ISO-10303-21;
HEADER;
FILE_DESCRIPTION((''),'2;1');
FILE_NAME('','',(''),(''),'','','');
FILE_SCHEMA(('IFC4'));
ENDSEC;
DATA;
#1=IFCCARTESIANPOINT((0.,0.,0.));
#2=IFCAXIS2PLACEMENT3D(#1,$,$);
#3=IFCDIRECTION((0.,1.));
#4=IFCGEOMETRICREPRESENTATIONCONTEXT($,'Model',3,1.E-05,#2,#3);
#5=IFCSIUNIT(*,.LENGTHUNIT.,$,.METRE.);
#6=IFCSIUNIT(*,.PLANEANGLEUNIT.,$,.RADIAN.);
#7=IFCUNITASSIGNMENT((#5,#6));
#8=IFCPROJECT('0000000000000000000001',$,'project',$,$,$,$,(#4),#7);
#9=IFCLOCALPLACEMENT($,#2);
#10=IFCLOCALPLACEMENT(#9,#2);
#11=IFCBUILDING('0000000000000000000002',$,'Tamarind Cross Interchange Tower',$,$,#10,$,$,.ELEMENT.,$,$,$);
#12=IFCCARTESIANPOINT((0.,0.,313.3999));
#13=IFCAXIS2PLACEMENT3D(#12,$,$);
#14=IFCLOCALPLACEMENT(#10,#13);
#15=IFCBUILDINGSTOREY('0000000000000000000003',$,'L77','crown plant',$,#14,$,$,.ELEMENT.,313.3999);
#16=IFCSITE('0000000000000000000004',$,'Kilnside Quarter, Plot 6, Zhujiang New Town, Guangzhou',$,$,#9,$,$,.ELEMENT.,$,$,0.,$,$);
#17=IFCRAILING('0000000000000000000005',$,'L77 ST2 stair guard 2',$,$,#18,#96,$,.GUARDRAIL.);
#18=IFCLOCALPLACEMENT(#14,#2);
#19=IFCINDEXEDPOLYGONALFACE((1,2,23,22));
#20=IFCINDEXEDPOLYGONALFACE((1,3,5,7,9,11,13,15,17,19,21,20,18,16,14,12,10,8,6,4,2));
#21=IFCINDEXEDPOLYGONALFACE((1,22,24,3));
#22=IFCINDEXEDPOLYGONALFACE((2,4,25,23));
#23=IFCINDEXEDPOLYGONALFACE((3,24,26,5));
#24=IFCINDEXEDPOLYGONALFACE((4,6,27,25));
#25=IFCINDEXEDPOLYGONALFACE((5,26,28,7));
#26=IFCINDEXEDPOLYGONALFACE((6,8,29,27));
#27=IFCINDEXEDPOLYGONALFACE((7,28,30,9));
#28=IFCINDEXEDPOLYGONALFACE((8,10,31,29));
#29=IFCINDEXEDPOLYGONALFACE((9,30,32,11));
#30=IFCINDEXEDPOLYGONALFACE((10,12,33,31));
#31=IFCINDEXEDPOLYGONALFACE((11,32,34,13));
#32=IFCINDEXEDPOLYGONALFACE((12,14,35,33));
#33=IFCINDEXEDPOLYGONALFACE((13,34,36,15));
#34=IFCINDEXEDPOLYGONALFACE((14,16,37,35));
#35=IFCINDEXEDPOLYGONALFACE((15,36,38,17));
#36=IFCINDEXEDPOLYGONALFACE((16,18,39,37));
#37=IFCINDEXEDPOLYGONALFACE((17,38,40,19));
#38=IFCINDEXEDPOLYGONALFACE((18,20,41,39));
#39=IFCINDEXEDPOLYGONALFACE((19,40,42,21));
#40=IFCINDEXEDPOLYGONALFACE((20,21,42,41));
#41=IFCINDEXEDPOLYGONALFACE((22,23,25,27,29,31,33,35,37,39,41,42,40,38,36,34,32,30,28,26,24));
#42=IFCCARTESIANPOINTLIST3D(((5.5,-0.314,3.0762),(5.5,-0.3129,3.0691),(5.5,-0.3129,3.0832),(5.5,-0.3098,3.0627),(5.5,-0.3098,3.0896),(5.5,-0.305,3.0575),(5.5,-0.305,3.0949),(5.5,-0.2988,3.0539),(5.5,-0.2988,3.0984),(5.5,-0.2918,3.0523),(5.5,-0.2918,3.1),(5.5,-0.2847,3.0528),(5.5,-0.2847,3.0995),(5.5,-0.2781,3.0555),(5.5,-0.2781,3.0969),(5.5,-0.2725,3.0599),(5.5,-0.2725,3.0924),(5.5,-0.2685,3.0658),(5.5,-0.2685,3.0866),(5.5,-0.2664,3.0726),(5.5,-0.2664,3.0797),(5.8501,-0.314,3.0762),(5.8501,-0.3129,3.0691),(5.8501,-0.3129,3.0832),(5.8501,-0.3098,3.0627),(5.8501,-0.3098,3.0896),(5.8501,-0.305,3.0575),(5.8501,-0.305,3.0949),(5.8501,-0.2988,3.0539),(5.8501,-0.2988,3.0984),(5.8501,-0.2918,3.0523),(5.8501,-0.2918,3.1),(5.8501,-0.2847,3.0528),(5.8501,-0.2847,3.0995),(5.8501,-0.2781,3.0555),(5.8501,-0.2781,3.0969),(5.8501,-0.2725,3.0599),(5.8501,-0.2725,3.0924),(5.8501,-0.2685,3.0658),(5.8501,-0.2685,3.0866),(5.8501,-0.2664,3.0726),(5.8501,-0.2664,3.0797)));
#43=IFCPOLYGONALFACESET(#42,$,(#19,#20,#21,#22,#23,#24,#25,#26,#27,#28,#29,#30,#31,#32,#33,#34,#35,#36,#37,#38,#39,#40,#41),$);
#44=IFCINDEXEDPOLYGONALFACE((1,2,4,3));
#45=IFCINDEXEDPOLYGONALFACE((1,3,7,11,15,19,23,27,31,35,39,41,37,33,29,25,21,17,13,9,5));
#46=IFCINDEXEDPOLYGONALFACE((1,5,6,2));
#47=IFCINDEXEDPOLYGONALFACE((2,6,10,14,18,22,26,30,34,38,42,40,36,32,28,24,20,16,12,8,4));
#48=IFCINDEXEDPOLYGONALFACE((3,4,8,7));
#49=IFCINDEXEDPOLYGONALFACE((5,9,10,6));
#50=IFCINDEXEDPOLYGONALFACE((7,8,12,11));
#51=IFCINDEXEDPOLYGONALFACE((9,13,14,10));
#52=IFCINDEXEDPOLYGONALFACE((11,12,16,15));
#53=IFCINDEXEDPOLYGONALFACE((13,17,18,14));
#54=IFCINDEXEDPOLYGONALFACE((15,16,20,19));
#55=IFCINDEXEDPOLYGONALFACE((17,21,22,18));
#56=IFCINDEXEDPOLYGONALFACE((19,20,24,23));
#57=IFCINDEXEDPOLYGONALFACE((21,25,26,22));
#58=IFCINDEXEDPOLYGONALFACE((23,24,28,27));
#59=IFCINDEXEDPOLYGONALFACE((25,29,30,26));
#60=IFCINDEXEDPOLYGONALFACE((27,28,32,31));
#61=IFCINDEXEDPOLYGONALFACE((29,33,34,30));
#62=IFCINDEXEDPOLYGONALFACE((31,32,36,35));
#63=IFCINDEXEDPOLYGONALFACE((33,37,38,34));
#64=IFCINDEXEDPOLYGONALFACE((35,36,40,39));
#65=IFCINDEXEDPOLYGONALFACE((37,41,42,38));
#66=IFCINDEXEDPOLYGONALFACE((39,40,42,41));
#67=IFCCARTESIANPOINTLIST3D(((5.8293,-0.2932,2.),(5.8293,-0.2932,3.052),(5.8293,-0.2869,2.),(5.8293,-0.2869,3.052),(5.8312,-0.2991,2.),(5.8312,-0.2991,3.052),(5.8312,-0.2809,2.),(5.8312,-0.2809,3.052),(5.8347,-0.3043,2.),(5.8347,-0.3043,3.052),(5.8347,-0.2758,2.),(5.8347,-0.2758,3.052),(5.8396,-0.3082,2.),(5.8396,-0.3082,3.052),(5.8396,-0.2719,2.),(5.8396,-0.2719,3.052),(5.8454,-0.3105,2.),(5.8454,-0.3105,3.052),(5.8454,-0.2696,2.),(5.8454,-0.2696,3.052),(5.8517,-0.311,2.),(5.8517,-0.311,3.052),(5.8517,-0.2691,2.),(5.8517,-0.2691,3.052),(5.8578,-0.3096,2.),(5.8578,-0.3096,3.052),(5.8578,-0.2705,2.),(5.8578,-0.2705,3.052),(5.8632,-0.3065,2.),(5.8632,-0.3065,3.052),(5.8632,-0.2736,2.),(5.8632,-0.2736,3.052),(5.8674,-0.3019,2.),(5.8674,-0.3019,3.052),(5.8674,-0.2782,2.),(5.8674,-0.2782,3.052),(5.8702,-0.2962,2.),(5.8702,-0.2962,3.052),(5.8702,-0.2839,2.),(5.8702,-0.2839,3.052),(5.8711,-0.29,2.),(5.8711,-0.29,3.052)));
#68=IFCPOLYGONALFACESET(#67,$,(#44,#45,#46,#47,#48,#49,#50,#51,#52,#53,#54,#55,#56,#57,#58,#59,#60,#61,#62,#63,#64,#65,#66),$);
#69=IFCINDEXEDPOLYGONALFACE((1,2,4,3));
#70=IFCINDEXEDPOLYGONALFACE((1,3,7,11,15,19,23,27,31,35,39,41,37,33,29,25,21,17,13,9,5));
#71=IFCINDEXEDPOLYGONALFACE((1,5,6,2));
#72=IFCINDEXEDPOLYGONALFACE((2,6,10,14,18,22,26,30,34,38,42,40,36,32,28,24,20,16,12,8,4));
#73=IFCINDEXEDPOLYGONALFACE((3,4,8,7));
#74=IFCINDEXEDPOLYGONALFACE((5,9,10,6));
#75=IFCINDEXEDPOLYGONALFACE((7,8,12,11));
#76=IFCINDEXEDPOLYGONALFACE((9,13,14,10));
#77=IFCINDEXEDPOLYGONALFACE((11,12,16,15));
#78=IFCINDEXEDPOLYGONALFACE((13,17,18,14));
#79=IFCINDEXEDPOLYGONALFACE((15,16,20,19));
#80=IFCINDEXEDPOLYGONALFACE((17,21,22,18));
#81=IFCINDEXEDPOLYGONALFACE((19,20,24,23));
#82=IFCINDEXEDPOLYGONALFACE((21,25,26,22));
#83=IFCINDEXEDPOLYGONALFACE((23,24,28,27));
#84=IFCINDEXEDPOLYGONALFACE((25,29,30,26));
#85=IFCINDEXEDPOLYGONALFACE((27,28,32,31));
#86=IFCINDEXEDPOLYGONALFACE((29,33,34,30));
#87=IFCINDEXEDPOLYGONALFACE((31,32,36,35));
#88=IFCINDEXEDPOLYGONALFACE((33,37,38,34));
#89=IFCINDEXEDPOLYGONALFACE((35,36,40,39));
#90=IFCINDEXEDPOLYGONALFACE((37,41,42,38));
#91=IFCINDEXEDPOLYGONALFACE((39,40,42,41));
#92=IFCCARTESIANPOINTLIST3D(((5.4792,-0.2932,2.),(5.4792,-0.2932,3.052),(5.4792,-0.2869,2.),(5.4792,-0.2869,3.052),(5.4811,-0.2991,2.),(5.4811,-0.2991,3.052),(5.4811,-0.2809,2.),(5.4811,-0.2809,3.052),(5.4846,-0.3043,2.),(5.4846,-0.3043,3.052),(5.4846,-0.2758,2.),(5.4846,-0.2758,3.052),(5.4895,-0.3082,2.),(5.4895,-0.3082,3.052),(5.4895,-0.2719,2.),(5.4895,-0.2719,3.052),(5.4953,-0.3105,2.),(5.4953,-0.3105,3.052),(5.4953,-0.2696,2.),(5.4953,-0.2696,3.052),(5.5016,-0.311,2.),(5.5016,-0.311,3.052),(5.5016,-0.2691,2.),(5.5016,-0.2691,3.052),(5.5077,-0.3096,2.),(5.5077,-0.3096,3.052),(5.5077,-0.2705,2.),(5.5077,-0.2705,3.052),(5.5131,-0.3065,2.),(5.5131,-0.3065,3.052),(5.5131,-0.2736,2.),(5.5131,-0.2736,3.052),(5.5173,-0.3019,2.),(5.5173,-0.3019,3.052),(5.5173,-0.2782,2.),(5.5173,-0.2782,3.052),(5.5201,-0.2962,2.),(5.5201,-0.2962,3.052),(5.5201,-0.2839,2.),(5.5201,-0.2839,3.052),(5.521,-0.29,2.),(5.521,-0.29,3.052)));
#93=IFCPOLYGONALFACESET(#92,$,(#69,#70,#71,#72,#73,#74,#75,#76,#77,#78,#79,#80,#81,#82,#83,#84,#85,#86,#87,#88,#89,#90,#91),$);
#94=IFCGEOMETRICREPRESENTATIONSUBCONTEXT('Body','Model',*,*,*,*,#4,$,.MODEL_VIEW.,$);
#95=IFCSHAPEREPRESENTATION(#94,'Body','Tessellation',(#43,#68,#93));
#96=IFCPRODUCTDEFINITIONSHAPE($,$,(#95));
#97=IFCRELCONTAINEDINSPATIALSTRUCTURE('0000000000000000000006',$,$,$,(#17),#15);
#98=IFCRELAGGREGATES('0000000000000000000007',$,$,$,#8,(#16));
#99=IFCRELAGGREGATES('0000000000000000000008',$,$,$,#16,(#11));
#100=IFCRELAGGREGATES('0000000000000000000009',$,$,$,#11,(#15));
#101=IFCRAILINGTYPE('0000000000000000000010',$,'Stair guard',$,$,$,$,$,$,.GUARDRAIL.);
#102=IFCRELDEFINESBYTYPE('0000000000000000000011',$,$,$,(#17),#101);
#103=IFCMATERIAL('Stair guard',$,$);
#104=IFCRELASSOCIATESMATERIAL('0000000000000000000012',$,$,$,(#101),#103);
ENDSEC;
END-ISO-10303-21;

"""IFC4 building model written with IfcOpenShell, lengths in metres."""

from ifc_helpers import new_model, si_unit, direction, frame, origin, origin_2d, place, context, subcontext, project, spatial, circle, extrude, material, type_object, element, save


model = new_model("IFC4")

# Units and contexts
model_context = context("Model", 3, precision=1e-05, world=origin(), true_north=direction((0.0, 1.0)))
body_context = subcontext(model_context, "Body", "Model", "MODEL_VIEW")
ifc_project = project(units=[si_unit("LENGTHUNIT", "METRE"), si_unit("PLANEANGLEUNIT", "RADIAN")], contexts=[model_context])

# Site, building, storey
site_placement = place(None, origin())
site = spatial("IfcSite", under=ifc_project, at=site_placement, Name="Kilnside Quarter, Plot 6, Zhujiang New Town, Guangzhou", CompositionType="ELEMENT", RefElevation=0.0)
building_placement = place(site_placement, origin())
building = spatial("IfcBuilding", under=site, at=building_placement, Name="Tamarind Cross Interchange Tower", CompositionType="ELEMENT")
storey_placement = place(building_placement, frame((0.0, 0.0, 313.3999)))
storey = spatial("IfcBuildingStorey", under=building, at=storey_placement, Name="L77", Description="crown plant", CompositionType="ELEMENT", Elevation=313.3999)

# Railing
ifc_material_1 = material(Name="Stair guard")
railing_type_1 = type_object("IfcRailingType", Name="Stair guard", PredefinedType="GUARDRAIL", material=ifc_material_1)
railing_1_placement = place(storey_placement, frame((5.8501, -0.29, 2.0)))
element("IfcRailing", 1, at=railing_1_placement, inside=storey, type_object=railing_type_1, Name="L77 ST2 stair guard 2", PredefinedType="GUARDRAIL", context=body_context, shape_type="SweptSolid", body=[
    extrude(circle(Radius=0.0239, at=origin_2d()), frame((0.0, 0.0, 1.0762), z_axis=(-1.0, 0.0, 0.0), x_axis=(0.0, -1.0, 0.0)), (0.0, 0.0, 1.0), 0.3501),
    extrude(circle(Radius=0.021, at=origin_2d()), origin(), (0.0, 0.0, 1.0), 1.052),
    extrude(circle(Radius=0.021, at=origin_2d()), frame((-0.3501, 0.0, 0.0)), (0.0, 0.0, 1.0), 1.052),
])

save(model, "model.ifc")
